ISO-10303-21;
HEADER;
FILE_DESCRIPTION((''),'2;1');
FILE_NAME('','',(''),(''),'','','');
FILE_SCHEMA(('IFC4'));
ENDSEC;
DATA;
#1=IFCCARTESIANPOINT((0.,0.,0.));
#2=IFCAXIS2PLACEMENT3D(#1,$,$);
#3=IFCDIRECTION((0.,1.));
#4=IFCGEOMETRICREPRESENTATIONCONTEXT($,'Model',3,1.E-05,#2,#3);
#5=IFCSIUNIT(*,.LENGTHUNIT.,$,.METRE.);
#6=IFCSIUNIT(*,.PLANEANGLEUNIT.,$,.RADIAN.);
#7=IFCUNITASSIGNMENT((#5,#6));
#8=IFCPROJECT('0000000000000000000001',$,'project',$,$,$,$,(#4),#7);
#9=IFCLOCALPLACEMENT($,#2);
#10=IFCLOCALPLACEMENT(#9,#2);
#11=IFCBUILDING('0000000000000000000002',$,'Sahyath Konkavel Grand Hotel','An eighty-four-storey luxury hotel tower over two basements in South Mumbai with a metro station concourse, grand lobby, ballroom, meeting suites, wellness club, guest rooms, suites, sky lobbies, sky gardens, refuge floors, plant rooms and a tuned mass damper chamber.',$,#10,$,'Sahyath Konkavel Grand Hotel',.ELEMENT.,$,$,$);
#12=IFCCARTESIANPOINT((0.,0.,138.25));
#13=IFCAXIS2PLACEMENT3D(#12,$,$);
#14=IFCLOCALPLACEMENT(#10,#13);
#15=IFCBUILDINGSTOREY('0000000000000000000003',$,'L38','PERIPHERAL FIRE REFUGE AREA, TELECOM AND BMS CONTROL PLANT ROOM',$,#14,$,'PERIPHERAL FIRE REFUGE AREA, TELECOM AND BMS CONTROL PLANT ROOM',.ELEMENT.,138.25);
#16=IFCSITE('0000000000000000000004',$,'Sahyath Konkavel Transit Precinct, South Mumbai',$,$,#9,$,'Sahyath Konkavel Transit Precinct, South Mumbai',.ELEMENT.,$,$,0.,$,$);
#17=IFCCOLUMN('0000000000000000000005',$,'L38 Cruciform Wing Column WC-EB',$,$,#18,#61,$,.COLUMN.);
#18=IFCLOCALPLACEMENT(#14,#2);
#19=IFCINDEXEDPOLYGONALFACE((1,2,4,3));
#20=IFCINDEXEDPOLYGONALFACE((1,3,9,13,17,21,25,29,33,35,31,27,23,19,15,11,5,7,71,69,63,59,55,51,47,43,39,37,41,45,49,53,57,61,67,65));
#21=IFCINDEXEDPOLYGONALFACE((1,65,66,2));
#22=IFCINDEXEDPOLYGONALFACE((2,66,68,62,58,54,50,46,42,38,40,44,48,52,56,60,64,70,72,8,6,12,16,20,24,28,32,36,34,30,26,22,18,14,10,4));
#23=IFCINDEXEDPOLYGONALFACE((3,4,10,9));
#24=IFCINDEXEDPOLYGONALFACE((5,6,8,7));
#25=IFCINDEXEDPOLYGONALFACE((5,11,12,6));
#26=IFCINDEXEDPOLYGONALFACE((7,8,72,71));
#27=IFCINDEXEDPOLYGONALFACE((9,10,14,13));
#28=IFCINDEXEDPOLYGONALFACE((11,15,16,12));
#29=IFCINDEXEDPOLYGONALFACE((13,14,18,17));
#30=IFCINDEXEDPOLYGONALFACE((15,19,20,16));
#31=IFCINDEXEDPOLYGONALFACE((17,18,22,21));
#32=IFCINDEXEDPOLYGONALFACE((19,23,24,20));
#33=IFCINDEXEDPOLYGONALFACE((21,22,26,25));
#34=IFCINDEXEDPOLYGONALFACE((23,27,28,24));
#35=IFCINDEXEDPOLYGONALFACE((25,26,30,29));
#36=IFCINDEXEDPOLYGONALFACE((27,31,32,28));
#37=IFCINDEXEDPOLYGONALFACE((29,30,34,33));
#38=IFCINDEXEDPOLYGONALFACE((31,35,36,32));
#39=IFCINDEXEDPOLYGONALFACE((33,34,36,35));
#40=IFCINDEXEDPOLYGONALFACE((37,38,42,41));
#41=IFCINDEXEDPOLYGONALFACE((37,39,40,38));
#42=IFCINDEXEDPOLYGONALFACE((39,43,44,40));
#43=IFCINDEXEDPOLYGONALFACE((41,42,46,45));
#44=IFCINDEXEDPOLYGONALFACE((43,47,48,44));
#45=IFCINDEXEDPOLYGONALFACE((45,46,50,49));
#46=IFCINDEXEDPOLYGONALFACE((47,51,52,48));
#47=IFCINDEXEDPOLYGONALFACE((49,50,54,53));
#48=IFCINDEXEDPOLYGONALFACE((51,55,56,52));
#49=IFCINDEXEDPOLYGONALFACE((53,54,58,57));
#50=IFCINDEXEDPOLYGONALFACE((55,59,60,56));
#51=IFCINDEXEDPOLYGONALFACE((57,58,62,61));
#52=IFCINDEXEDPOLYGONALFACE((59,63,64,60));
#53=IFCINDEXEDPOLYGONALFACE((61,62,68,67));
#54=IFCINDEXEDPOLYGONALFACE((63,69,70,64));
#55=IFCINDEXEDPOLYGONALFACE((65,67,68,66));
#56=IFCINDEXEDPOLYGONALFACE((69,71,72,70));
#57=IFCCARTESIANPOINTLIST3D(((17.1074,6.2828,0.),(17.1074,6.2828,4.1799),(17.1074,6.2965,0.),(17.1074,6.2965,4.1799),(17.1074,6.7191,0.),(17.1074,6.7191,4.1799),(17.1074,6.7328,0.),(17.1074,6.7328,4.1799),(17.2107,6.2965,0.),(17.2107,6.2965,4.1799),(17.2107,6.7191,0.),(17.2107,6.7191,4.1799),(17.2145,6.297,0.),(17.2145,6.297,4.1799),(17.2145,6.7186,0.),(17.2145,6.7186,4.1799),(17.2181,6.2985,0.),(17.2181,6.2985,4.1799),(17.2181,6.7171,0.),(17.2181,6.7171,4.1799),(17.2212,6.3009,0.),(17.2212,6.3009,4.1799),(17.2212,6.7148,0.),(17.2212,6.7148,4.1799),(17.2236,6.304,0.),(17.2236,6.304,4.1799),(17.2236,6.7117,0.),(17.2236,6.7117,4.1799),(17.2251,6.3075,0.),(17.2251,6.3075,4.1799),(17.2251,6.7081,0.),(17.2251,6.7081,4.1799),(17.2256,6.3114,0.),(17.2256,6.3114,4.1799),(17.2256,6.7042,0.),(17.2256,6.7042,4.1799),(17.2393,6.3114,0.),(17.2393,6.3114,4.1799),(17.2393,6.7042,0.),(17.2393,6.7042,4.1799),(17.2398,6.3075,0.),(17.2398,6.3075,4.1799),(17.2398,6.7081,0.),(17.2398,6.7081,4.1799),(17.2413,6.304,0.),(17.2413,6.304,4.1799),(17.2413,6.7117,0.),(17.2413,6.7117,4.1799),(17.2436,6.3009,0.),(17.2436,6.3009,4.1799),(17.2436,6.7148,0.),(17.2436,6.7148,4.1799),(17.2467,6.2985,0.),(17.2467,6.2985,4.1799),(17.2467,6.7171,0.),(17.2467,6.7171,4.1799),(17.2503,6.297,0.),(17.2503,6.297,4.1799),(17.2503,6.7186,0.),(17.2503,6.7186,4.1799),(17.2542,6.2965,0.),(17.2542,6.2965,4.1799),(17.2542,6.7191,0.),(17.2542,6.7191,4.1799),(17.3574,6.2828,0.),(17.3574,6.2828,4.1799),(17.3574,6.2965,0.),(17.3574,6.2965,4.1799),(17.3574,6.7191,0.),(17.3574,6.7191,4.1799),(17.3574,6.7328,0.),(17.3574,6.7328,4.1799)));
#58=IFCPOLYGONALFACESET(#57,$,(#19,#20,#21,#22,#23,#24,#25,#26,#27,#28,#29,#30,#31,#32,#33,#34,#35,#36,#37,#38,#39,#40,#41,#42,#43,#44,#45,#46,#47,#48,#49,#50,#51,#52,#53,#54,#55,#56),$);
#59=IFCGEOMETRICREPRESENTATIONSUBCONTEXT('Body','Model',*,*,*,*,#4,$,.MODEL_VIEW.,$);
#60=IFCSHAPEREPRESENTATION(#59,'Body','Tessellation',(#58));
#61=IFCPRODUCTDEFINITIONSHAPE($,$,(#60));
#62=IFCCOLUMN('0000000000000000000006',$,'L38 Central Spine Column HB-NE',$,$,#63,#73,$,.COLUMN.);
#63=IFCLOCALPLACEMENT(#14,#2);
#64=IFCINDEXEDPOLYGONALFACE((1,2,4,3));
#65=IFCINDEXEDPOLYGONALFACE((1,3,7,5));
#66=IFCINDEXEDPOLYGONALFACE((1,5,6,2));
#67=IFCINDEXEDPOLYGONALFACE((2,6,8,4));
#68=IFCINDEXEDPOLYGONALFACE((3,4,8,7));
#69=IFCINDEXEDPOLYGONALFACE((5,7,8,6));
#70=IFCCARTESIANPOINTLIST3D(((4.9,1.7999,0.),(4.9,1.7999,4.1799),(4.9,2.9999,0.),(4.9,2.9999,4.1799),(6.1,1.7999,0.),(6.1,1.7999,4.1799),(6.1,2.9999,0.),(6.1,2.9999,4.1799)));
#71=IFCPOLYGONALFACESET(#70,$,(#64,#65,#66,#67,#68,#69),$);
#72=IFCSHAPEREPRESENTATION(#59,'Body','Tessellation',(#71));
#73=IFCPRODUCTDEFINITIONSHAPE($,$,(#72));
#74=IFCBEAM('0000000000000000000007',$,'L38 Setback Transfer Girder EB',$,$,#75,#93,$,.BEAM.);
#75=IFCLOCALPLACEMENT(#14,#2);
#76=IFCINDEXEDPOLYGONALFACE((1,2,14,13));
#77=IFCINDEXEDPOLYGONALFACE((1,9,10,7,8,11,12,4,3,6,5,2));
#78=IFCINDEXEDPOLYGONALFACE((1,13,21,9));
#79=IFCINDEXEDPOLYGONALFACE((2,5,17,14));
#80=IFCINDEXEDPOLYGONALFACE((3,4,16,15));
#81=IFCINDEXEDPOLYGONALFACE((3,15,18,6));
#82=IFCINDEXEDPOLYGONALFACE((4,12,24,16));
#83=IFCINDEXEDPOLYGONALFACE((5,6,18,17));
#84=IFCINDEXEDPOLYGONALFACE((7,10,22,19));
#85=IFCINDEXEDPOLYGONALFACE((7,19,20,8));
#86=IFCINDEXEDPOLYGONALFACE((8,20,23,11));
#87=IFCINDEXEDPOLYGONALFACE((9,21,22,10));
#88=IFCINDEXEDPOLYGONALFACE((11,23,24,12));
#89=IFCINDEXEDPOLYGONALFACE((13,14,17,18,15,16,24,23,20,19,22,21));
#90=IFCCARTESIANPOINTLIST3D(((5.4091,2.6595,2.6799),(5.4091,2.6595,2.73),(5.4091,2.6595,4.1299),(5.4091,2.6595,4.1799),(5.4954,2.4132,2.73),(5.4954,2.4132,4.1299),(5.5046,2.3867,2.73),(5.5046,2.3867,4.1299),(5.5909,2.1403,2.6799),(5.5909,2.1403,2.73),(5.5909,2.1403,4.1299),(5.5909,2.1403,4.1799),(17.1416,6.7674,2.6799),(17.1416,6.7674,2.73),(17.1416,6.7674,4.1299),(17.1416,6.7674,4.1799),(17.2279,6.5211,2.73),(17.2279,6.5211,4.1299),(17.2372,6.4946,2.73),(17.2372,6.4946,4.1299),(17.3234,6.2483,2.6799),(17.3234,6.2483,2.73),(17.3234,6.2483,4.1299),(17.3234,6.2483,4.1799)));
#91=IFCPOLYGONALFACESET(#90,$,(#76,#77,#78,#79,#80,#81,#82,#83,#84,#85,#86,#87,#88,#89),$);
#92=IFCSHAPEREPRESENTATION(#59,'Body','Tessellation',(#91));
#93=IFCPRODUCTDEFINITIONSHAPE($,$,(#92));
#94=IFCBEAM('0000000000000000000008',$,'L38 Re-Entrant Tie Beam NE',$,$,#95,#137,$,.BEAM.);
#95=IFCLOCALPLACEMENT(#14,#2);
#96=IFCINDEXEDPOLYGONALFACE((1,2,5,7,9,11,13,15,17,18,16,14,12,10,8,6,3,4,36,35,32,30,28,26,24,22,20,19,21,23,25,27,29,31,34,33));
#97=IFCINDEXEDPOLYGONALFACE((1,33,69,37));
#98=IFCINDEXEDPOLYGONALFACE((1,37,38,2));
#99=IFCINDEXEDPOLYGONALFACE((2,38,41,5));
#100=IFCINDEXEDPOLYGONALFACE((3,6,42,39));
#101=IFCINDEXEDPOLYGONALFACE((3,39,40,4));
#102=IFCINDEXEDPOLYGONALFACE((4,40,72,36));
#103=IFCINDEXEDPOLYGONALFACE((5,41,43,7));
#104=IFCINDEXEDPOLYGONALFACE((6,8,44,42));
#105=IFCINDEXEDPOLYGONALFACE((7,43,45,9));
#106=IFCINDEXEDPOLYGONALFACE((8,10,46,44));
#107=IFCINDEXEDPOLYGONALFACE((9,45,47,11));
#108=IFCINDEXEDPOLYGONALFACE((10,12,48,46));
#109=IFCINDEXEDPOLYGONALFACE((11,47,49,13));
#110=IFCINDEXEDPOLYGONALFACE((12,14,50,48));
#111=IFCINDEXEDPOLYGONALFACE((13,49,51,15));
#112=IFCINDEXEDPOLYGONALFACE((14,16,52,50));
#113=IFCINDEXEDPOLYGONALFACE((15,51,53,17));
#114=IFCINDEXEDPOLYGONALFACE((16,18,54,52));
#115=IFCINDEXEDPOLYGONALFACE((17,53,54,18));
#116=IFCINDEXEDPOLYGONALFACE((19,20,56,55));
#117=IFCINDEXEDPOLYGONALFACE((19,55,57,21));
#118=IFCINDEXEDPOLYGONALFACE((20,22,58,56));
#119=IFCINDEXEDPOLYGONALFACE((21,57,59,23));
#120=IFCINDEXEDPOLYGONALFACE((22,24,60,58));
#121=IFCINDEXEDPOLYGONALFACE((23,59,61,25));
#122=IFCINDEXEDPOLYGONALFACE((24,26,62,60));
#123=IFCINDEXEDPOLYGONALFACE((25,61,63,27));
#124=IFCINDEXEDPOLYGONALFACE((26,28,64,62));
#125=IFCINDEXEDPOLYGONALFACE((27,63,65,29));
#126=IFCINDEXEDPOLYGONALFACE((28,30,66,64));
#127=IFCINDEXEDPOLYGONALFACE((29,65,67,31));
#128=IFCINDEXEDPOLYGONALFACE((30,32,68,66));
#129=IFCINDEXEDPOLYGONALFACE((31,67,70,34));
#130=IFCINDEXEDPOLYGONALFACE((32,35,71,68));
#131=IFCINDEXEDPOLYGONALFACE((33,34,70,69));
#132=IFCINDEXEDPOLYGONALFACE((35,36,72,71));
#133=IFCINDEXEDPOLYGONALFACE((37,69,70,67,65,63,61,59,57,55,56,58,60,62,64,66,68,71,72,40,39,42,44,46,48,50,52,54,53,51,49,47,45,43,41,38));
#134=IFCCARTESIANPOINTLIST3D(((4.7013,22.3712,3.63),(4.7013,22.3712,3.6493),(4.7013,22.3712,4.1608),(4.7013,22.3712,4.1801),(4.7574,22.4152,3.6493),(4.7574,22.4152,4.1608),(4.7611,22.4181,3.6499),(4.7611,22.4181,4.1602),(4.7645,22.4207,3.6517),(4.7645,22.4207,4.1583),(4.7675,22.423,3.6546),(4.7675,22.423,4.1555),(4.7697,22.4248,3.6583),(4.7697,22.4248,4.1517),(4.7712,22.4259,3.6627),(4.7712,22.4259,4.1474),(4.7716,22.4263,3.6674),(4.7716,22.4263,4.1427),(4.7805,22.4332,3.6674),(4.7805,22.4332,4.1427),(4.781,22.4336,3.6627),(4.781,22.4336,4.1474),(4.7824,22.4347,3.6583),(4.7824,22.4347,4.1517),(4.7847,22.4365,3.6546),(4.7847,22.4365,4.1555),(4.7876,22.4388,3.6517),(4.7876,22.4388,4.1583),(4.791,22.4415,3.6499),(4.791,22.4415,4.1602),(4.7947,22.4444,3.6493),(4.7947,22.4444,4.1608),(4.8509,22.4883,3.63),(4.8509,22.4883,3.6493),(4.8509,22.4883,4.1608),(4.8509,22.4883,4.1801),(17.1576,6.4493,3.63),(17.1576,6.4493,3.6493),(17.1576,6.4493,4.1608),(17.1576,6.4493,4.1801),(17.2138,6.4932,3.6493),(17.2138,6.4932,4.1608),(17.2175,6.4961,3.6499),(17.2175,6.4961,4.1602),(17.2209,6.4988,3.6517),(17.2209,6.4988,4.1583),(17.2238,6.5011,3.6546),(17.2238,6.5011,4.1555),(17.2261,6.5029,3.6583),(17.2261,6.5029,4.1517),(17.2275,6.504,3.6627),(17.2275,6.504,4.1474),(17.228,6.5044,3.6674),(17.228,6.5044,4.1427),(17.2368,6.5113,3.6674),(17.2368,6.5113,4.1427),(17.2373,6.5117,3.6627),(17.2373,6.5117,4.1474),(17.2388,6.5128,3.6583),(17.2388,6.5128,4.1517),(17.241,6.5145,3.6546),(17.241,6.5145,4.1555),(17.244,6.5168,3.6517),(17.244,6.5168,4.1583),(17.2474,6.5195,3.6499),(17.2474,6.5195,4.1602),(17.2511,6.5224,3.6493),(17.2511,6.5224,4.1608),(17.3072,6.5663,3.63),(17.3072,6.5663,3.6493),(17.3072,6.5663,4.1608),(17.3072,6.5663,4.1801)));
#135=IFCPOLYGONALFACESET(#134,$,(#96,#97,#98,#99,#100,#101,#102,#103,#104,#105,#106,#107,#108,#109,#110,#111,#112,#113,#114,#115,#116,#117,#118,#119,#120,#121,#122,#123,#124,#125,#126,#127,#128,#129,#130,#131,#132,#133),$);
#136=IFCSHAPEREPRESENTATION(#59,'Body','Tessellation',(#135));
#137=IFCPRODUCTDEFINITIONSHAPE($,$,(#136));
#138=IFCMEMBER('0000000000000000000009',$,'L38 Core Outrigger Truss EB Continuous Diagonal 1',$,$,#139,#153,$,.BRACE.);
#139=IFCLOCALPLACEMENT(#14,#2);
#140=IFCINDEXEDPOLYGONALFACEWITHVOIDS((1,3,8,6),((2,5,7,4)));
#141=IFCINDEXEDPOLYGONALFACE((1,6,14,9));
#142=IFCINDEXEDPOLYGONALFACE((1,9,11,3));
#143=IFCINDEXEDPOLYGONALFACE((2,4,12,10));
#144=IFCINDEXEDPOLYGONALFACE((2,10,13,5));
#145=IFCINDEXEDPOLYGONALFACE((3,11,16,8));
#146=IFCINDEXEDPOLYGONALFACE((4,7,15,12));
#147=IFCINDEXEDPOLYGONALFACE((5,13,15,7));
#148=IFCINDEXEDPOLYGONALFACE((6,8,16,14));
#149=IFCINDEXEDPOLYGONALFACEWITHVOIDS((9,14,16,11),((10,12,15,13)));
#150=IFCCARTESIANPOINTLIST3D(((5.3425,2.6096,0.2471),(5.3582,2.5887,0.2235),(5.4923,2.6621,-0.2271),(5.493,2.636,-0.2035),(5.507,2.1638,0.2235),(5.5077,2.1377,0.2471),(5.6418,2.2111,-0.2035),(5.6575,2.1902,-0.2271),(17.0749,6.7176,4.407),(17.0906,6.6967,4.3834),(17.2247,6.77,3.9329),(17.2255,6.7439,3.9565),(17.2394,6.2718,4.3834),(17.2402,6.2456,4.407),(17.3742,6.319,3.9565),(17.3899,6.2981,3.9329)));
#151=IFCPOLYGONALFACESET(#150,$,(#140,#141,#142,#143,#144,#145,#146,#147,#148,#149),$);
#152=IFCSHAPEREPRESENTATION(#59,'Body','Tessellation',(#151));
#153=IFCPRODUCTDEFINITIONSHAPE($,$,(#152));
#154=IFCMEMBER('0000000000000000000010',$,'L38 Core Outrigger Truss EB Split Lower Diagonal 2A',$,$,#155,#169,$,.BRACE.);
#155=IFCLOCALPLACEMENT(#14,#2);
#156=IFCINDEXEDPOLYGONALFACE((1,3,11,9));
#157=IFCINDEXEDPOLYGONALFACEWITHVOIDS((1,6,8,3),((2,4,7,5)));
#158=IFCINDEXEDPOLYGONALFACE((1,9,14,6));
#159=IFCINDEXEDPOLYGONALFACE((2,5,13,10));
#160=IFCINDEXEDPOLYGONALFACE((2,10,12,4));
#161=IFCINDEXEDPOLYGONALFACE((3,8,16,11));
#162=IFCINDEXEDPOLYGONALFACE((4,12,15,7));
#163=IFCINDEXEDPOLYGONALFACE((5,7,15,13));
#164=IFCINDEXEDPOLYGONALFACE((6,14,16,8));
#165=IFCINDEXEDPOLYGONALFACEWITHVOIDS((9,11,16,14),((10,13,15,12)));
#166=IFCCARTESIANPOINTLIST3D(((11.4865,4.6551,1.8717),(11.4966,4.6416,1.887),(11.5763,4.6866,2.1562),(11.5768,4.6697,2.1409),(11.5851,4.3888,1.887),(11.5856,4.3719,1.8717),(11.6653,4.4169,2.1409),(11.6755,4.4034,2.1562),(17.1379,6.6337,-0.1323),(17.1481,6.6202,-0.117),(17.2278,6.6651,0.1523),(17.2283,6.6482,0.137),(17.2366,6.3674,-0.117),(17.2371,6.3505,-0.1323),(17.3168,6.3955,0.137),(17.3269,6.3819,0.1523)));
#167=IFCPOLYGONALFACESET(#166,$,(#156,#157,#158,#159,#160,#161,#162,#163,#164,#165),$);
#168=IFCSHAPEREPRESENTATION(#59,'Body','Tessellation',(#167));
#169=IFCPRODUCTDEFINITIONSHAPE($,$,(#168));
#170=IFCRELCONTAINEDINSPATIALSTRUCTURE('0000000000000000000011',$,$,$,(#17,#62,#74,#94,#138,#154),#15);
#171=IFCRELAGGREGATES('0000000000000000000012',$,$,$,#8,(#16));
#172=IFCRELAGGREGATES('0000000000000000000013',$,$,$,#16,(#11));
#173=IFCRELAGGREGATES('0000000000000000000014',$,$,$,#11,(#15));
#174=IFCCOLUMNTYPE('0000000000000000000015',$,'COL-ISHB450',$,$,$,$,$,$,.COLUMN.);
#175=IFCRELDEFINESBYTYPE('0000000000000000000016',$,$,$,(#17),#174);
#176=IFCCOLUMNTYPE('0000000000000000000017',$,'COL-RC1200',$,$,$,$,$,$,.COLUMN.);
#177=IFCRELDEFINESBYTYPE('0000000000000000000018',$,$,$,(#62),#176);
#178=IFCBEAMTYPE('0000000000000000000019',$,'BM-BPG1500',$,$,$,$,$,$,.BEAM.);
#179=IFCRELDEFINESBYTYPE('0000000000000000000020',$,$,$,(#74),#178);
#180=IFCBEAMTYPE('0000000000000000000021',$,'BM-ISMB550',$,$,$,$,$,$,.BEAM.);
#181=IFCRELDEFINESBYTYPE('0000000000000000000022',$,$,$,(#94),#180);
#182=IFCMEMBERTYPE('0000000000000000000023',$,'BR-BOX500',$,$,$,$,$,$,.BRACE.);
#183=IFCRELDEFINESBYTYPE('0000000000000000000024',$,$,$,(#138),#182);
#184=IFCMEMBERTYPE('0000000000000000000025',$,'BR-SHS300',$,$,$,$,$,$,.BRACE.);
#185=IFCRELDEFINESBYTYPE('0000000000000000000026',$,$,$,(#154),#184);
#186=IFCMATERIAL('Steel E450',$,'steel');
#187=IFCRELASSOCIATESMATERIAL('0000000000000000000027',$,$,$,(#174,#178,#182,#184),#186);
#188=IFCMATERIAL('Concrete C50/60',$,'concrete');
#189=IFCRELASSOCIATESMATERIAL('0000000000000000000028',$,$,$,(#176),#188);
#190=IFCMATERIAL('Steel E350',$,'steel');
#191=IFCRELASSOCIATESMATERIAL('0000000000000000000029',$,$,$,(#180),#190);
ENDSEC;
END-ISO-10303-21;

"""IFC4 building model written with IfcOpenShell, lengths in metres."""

from ifc_helpers import new_model, si_unit, direction, frame, origin, origin_2d, place, context, subcontext, project, spatial, rectangle, hollow_rectangle, i_section, extrude, source, transform, mapped, material, material_profile, profile_set, type_object, element, save


model = new_model("IFC4")

# Units and contexts
model_context = context("Model", 3, precision=1e-05, world=origin(), true_north=direction((0.0, 1.0)))
body_context = subcontext(model_context, "Body", "Model", "MODEL_VIEW")
ifc_project = project(units=[si_unit("LENGTHUNIT", "METRE"), si_unit("PLANEANGLEUNIT", "RADIAN")], contexts=[model_context])

# Site, building, storey
site_placement = place(None, origin())
site = spatial("IfcSite", under=ifc_project, at=site_placement, Name="Sahyath Konkavel Transit Precinct, South Mumbai", LongName="Sahyath Konkavel Transit Precinct, South Mumbai", CompositionType="ELEMENT", RefElevation=0.0)
building_placement = place(site_placement, origin())
building = spatial("IfcBuilding", under=site, at=building_placement, Name="Sahyath Konkavel Grand Hotel", Description="An eighty-four-storey luxury hotel tower over two basements in South Mumbai with a metro station concourse, grand lobby, ballroom, meeting suites, wellness club, guest rooms, suites, sky lobbies, sky gardens, refuge floors, plant rooms and a tuned mass damper chamber.", LongName="Sahyath Konkavel Grand Hotel", CompositionType="ELEMENT")
storey_placement = place(building_placement, frame((0.0, 0.0, 138.25)))
storey = spatial("IfcBuildingStorey", under=building, at=storey_placement, Name="L38", Description="PERIPHERAL FIRE REFUGE AREA, TELECOM AND BMS CONTROL PLANT ROOM", LongName="PERIPHERAL FIRE REFUGE AREA, TELECOM AND BMS CONTROL PLANT ROOM", CompositionType="ELEMENT", Elevation=138.25)

# Columns
ifc_material_1 = material(Name="Steel E450", Category="steel")
ifc_material_profile_1 = material_profile(ifc_material_1, i_section(OverallWidth=0.25, OverallDepth=0.45, WebThickness=0.0137, FlangeThickness=0.0137, FilletRadius=0.0149, at=origin_2d()), Name="ISHB 450")
ifc_profile_set_1 = profile_set([ifc_material_profile_1], Name="Steel E450")
column_type_1 = type_object("IfcColumnType", Name="COL-ISHB450", PredefinedType="COLUMN", material=ifc_profile_set_1)
shared_shape_1 = source(origin(), body_context, "Body", "SweptSolid", [
    extrude(i_section(OverallWidth=0.25, OverallDepth=0.45, WebThickness=0.0137, FlangeThickness=0.0137, FilletRadius=0.0149, at=origin_2d()), origin(), (0.0, 0.0, 1.0), 4.1799),
])
column_1_placement = place(storey_placement, frame((17.2324, 6.5078, 0.0), z_axis=(0.0, 0.0, 1.0), x_axis=(1.0, 0.0, 0.0)))
element("IfcColumn", 1, at=column_1_placement, inside=storey, type_object=column_type_1, Name="L38 Cruciform Wing Column WC-EB", PredefinedType="COLUMN", context=body_context, shape_type="MappedRepresentation", body=[
    mapped(shared_shape_1, transform((0.0, 0.0, 0.0), scale=1.0)),
])
ifc_material_2 = material(Name="Concrete C50/60", Category="concrete")
ifc_material_profile_2 = material_profile(ifc_material_2, rectangle(XDim=1.2, YDim=1.2, at=origin_2d()), Name="RC 1200x1200")
ifc_profile_set_2 = profile_set([ifc_material_profile_2], Name="Concrete C50/60")
column_type_2 = type_object("IfcColumnType", Name="COL-RC1200", PredefinedType="COLUMN", material=ifc_profile_set_2)
shared_shape_2 = source(origin(), body_context, "Body", "SweptSolid", [
    extrude(rectangle(XDim=1.2, YDim=1.2, at=origin_2d()), origin(), (0.0, 0.0, 1.0), 4.1799),
])
column_2_placement = place(storey_placement, frame((5.5, 2.3999, 0.0), z_axis=(0.0, 0.0, 1.0), x_axis=(1.0, 0.0, 0.0)))
element("IfcColumn", 2, at=column_2_placement, inside=storey, type_object=column_type_2, Name="L38 Central Spine Column HB-NE", PredefinedType="COLUMN", context=body_context, shape_type="MappedRepresentation", body=[
    mapped(shared_shape_2, transform((0.0, 0.0, 0.0), scale=1.0)),
])

# Beams
ifc_material_profile_3 = material_profile(ifc_material_1, i_section(OverallWidth=0.55, OverallDepth=1.5, WebThickness=0.0281, FlangeThickness=0.05, at=origin_2d()), Name="BPG 1500x550")
ifc_profile_set_3 = profile_set([ifc_material_profile_3], Name="Steel E450")
beam_type_1 = type_object("IfcBeamType", Name="BM-BPG1500", PredefinedType="BEAM", material=ifc_profile_set_3)
shared_shape_3 = source(origin(), body_context, "Body", "SweptSolid", [
    extrude(i_section(OverallWidth=0.55, OverallDepth=1.5, WebThickness=0.0281, FlangeThickness=0.05, at=origin_2d()), origin(), (0.0, 0.0, 1.0), 12.4309),
])
beam_1_placement = place(storey_placement, frame((5.5, 2.3999, 3.4299), z_axis=(0.943819, 0.330462, 0.0), x_axis=(-0.330462, 0.943819, 0.0)))
element("IfcBeam", 3, at=beam_1_placement, inside=storey, type_object=beam_type_1, Name="L38 Setback Transfer Girder EB", PredefinedType="BEAM", context=body_context, shape_type="MappedRepresentation", body=[
    mapped(shared_shape_3, transform((0.0, 0.0, 0.0), scale=1.0)),
])
ifc_material_3 = material(Name="Steel E350", Category="steel")
ifc_material_profile_4 = material_profile(ifc_material_3, i_section(OverallWidth=0.1899, OverallDepth=0.55, WebThickness=0.0112, FlangeThickness=0.0193, FilletRadius=0.0181, at=origin_2d()), Name="ISMB 550")
ifc_profile_set_4 = profile_set([ifc_material_profile_4], Name="Steel E350")
beam_type_2 = type_object("IfcBeamType", Name="BM-ISMB550", PredefinedType="BEAM", material=ifc_profile_set_4)
shared_shape_4 = source(origin(), body_context, "Body", "SweptSolid", [
    extrude(i_section(OverallWidth=0.1899, OverallDepth=0.55, WebThickness=0.0112, FlangeThickness=0.0193, FilletRadius=0.0181, at=origin_2d()), origin(), (0.0, 0.0, 1.0), 20.2156),
])
beam_2_placement = place(storey_placement, frame((17.2324, 6.5078, 3.905), z_axis=(-0.616176, 0.787608, 0.0), x_axis=(-0.787608, -0.616176, 0.0)))
element("IfcBeam", 4, at=beam_2_placement, inside=storey, type_object=beam_type_2, Name="L38 Re-Entrant Tie Beam NE", PredefinedType="BEAM", context=body_context, shape_type="MappedRepresentation", body=[
    mapped(shared_shape_4, transform((0.0, 0.0, 0.0), scale=1.0)),
])

# Members
ifc_material_profile_5 = material_profile(ifc_material_1, hollow_rectangle(XDim=0.5, YDim=0.5, WallThickness=0.0249, at=origin_2d()), Name="BOX 500x500x25")
ifc_profile_set_5 = profile_set([ifc_material_profile_5], Name="Steel E450")
member_type_1 = type_object("IfcMemberType", Name="BR-BOX500", PredefinedType="BRACE", material=ifc_profile_set_5)
shared_shape_5 = source(origin(), body_context, "Body", "SweptSolid", [
    extrude(hollow_rectangle(XDim=0.5, YDim=0.5, WallThickness=0.0249, at=origin_2d()), origin(), (0.0, 0.0, 1.0), 13.1084),
])
member_1_placement = place(storey_placement, frame((5.5, 2.3999, 0.01), z_axis=(0.895032, 0.313381, 0.317348), x_axis=(-0.330462, 0.943819, 0.0)))
element("IfcMember", 5, at=member_1_placement, inside=storey, type_object=member_type_1, Name="L38 Core Outrigger Truss EB Continuous Diagonal 1", PredefinedType="BRACE", context=body_context, shape_type="MappedRepresentation", body=[
    mapped(shared_shape_5, transform((0.0, 0.0, 0.0), scale=1.0)),
])
ifc_material_profile_6 = material_profile(ifc_material_1, hollow_rectangle(XDim=0.3, YDim=0.3, WallThickness=0.0161, at=origin_2d()), Name="SHS 300x300x16")
ifc_profile_set_6 = profile_set([ifc_material_profile_6], Name="Steel E450")
member_type_2 = type_object("IfcMemberType", Name="BR-SHS300", PredefinedType="BRACE", material=ifc_profile_set_6)
shared_shape_6 = source(origin(), body_context, "Body", "SweptSolid", [
    extrude(hollow_rectangle(XDim=0.3, YDim=0.3, WallThickness=0.0161, at=origin_2d()), origin(), (0.0, 0.0, 1.0), 6.3142),
])
for number, where, z_axis, x_axis, name in (
    (6, (17.2324, 6.5078, 0.01), (-0.895036, -0.313348, 0.317369), (0.33043, -0.94383, 0.0), "L38 Core Outrigger Truss EB Split Lower Diagonal 2A"),
):
    element("IfcMember", number, at=place(storey_placement, frame(where, z_axis=z_axis, x_axis=x_axis)), inside=storey, type_object=member_type_2, Name=name, PredefinedType="BRACE", context=body_context, shape_type="MappedRepresentation", body=[
        mapped(shared_shape_6, transform((0.0, 0.0, 0.0), scale=1.0)),
    ])

save(model, "model.ifc")
